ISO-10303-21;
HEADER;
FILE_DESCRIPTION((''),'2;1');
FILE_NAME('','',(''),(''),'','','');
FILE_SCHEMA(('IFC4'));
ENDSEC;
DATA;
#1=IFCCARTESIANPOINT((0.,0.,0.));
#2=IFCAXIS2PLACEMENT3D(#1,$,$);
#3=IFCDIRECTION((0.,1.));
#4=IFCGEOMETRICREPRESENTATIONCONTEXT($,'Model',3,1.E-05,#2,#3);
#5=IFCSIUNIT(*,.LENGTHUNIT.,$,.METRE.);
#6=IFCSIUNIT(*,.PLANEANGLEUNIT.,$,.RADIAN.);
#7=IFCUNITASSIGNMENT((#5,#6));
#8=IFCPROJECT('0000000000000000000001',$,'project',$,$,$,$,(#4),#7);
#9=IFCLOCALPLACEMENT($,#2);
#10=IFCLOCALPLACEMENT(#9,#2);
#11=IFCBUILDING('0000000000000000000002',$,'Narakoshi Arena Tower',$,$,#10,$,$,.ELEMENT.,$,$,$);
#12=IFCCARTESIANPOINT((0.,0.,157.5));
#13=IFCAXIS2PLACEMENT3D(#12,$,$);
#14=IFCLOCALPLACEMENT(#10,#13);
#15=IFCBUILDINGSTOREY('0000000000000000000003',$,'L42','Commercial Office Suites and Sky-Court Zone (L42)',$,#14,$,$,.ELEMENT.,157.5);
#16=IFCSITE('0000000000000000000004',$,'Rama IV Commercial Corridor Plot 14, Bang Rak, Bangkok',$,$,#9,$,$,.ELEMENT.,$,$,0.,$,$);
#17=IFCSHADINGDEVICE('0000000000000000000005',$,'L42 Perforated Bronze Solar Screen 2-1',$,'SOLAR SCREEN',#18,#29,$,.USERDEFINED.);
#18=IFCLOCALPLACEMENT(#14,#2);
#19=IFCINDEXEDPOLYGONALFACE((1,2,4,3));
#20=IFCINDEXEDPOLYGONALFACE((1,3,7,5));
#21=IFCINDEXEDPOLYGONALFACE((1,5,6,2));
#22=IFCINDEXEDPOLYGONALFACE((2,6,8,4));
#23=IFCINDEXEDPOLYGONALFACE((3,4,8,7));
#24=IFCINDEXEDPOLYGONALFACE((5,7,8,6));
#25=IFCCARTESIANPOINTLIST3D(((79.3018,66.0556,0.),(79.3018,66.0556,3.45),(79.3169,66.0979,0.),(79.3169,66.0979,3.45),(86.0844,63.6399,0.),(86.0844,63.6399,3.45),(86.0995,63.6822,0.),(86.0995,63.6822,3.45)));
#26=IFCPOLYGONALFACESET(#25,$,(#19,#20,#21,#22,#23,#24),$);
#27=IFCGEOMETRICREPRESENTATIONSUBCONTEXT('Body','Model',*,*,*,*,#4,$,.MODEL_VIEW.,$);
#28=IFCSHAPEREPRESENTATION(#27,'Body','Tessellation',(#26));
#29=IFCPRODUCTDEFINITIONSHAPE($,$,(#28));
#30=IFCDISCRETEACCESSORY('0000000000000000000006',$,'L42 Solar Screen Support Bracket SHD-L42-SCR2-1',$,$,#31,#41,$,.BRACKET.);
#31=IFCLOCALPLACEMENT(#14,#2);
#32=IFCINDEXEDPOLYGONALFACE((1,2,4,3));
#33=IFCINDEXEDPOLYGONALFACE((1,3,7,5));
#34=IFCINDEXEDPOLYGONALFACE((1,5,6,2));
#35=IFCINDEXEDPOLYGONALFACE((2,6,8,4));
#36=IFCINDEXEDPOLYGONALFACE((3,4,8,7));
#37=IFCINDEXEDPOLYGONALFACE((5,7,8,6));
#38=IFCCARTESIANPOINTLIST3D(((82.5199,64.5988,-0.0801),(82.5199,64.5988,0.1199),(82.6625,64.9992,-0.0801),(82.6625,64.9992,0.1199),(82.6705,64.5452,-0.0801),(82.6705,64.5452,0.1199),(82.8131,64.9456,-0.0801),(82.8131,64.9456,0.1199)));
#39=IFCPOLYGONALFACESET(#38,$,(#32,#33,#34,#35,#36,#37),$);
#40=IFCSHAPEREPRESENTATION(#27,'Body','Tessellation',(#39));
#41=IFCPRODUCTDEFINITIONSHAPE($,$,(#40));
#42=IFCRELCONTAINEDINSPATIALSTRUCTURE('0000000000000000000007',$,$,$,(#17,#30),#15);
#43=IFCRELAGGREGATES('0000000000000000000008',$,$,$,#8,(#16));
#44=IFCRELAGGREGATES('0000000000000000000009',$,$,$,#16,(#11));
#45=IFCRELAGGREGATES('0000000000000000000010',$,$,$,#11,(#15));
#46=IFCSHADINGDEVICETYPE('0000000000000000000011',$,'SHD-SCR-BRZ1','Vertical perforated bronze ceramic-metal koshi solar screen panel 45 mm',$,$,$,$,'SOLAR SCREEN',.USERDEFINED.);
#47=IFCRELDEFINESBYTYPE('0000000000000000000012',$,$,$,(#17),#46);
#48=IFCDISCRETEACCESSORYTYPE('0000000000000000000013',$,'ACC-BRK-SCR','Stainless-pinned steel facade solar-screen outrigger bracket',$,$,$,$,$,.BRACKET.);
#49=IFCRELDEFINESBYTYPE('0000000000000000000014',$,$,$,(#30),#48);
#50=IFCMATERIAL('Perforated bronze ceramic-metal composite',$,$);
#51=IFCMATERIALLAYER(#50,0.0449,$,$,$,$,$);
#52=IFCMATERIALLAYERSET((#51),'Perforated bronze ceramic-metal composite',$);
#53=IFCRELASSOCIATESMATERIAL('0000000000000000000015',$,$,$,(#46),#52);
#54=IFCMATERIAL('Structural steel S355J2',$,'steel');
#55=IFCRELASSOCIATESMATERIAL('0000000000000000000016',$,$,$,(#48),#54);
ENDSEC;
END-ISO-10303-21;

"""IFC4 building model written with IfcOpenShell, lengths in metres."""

from ifc_helpers import new_model, si_unit, direction, frame, origin, origin_2d, place, context, subcontext, project, spatial, rectangle, extrude, material, layer, layer_set, type_object, element, save


model = new_model("IFC4")

# Units and contexts
model_context = context("Model", 3, precision=1e-05, world=origin(), true_north=direction((0.0, 1.0)))
body_context = subcontext(model_context, "Body", "Model", "MODEL_VIEW")
ifc_project = project(units=[si_unit("LENGTHUNIT", "METRE"), si_unit("PLANEANGLEUNIT", "RADIAN")], contexts=[model_context])

# Site, building, storey
site_placement = place(None, origin())
site = spatial("IfcSite", under=ifc_project, at=site_placement, Name="Rama IV Commercial Corridor Plot 14, Bang Rak, Bangkok", CompositionType="ELEMENT", RefElevation=0.0)
building_placement = place(site_placement, origin())
building = spatial("IfcBuilding", under=site, at=building_placement, Name="Narakoshi Arena Tower", CompositionType="ELEMENT")
storey_placement = place(building_placement, frame((0.0, 0.0, 157.5)))
storey = spatial("IfcBuildingStorey", under=building, at=storey_placement, Name="L42", Description="Commercial Office Suites and Sky-Court Zone (L42)", CompositionType="ELEMENT", Elevation=157.5)

# Shared definitions
ifc_material_1 = material(Name="Structural steel S355J2", Category="steel")

# Shading device
ifc_material_2 = material(Name="Perforated bronze ceramic-metal composite")
ifc_layer_1 = layer(ifc_material_2, 0.0449)
ifc_layer_set_1 = layer_set([ifc_layer_1], Name="Perforated bronze ceramic-metal composite")
shading_device_type = type_object("IfcShadingDeviceType", Name="SHD-SCR-BRZ1", Description="Vertical perforated bronze ceramic-metal koshi solar screen panel 45 mm", ElementType="SOLAR SCREEN", PredefinedType="USERDEFINED", material=ifc_layer_set_1)
shading_device_placement = place(storey_placement, frame((82.7007, 64.8689, 0.0), z_axis=(0.0, 0.0, 1.0), x_axis=(-0.942034, 0.335517, 0.0)))
element("IfcShadingDevice", 1, at=shading_device_placement, inside=storey, type_object=shading_device_type, Name="L42 Perforated Bronze Solar Screen 2-1", ObjectType="SOLAR SCREEN", PredefinedType="USERDEFINED", context=body_context, shape_type="SweptSolid", body=[
    extrude(rectangle(XDim=7.2, YDim=0.0449, at=origin_2d()), origin(), (0.0, 0.0, 1.0), 3.45),
])

# Discrete accessory
discrete_accessory_type = type_object("IfcDiscreteAccessoryType", Name="ACC-BRK-SCR", Description="Stainless-pinned steel facade solar-screen outrigger bracket", PredefinedType="BRACKET", material=ifc_material_1)
discrete_accessory_placement = place(storey_placement, frame((82.6665, 64.7722, -0.0801), z_axis=(0.0, 0.0, 1.0), x_axis=(-0.942034, 0.335517, 0.0)))
element("IfcDiscreteAccessory", 2, at=discrete_accessory_placement, inside=storey, type_object=discrete_accessory_type, Name="L42 Solar Screen Support Bracket SHD-L42-SCR2-1", PredefinedType="BRACKET", context=body_context, shape_type="SweptSolid", body=[
    extrude(rectangle(XDim=0.1599, YDim=0.425, at=origin_2d()), origin(), (0.0, 0.0, 1.0), 0.2),
])

save(model, "model.ifc")
